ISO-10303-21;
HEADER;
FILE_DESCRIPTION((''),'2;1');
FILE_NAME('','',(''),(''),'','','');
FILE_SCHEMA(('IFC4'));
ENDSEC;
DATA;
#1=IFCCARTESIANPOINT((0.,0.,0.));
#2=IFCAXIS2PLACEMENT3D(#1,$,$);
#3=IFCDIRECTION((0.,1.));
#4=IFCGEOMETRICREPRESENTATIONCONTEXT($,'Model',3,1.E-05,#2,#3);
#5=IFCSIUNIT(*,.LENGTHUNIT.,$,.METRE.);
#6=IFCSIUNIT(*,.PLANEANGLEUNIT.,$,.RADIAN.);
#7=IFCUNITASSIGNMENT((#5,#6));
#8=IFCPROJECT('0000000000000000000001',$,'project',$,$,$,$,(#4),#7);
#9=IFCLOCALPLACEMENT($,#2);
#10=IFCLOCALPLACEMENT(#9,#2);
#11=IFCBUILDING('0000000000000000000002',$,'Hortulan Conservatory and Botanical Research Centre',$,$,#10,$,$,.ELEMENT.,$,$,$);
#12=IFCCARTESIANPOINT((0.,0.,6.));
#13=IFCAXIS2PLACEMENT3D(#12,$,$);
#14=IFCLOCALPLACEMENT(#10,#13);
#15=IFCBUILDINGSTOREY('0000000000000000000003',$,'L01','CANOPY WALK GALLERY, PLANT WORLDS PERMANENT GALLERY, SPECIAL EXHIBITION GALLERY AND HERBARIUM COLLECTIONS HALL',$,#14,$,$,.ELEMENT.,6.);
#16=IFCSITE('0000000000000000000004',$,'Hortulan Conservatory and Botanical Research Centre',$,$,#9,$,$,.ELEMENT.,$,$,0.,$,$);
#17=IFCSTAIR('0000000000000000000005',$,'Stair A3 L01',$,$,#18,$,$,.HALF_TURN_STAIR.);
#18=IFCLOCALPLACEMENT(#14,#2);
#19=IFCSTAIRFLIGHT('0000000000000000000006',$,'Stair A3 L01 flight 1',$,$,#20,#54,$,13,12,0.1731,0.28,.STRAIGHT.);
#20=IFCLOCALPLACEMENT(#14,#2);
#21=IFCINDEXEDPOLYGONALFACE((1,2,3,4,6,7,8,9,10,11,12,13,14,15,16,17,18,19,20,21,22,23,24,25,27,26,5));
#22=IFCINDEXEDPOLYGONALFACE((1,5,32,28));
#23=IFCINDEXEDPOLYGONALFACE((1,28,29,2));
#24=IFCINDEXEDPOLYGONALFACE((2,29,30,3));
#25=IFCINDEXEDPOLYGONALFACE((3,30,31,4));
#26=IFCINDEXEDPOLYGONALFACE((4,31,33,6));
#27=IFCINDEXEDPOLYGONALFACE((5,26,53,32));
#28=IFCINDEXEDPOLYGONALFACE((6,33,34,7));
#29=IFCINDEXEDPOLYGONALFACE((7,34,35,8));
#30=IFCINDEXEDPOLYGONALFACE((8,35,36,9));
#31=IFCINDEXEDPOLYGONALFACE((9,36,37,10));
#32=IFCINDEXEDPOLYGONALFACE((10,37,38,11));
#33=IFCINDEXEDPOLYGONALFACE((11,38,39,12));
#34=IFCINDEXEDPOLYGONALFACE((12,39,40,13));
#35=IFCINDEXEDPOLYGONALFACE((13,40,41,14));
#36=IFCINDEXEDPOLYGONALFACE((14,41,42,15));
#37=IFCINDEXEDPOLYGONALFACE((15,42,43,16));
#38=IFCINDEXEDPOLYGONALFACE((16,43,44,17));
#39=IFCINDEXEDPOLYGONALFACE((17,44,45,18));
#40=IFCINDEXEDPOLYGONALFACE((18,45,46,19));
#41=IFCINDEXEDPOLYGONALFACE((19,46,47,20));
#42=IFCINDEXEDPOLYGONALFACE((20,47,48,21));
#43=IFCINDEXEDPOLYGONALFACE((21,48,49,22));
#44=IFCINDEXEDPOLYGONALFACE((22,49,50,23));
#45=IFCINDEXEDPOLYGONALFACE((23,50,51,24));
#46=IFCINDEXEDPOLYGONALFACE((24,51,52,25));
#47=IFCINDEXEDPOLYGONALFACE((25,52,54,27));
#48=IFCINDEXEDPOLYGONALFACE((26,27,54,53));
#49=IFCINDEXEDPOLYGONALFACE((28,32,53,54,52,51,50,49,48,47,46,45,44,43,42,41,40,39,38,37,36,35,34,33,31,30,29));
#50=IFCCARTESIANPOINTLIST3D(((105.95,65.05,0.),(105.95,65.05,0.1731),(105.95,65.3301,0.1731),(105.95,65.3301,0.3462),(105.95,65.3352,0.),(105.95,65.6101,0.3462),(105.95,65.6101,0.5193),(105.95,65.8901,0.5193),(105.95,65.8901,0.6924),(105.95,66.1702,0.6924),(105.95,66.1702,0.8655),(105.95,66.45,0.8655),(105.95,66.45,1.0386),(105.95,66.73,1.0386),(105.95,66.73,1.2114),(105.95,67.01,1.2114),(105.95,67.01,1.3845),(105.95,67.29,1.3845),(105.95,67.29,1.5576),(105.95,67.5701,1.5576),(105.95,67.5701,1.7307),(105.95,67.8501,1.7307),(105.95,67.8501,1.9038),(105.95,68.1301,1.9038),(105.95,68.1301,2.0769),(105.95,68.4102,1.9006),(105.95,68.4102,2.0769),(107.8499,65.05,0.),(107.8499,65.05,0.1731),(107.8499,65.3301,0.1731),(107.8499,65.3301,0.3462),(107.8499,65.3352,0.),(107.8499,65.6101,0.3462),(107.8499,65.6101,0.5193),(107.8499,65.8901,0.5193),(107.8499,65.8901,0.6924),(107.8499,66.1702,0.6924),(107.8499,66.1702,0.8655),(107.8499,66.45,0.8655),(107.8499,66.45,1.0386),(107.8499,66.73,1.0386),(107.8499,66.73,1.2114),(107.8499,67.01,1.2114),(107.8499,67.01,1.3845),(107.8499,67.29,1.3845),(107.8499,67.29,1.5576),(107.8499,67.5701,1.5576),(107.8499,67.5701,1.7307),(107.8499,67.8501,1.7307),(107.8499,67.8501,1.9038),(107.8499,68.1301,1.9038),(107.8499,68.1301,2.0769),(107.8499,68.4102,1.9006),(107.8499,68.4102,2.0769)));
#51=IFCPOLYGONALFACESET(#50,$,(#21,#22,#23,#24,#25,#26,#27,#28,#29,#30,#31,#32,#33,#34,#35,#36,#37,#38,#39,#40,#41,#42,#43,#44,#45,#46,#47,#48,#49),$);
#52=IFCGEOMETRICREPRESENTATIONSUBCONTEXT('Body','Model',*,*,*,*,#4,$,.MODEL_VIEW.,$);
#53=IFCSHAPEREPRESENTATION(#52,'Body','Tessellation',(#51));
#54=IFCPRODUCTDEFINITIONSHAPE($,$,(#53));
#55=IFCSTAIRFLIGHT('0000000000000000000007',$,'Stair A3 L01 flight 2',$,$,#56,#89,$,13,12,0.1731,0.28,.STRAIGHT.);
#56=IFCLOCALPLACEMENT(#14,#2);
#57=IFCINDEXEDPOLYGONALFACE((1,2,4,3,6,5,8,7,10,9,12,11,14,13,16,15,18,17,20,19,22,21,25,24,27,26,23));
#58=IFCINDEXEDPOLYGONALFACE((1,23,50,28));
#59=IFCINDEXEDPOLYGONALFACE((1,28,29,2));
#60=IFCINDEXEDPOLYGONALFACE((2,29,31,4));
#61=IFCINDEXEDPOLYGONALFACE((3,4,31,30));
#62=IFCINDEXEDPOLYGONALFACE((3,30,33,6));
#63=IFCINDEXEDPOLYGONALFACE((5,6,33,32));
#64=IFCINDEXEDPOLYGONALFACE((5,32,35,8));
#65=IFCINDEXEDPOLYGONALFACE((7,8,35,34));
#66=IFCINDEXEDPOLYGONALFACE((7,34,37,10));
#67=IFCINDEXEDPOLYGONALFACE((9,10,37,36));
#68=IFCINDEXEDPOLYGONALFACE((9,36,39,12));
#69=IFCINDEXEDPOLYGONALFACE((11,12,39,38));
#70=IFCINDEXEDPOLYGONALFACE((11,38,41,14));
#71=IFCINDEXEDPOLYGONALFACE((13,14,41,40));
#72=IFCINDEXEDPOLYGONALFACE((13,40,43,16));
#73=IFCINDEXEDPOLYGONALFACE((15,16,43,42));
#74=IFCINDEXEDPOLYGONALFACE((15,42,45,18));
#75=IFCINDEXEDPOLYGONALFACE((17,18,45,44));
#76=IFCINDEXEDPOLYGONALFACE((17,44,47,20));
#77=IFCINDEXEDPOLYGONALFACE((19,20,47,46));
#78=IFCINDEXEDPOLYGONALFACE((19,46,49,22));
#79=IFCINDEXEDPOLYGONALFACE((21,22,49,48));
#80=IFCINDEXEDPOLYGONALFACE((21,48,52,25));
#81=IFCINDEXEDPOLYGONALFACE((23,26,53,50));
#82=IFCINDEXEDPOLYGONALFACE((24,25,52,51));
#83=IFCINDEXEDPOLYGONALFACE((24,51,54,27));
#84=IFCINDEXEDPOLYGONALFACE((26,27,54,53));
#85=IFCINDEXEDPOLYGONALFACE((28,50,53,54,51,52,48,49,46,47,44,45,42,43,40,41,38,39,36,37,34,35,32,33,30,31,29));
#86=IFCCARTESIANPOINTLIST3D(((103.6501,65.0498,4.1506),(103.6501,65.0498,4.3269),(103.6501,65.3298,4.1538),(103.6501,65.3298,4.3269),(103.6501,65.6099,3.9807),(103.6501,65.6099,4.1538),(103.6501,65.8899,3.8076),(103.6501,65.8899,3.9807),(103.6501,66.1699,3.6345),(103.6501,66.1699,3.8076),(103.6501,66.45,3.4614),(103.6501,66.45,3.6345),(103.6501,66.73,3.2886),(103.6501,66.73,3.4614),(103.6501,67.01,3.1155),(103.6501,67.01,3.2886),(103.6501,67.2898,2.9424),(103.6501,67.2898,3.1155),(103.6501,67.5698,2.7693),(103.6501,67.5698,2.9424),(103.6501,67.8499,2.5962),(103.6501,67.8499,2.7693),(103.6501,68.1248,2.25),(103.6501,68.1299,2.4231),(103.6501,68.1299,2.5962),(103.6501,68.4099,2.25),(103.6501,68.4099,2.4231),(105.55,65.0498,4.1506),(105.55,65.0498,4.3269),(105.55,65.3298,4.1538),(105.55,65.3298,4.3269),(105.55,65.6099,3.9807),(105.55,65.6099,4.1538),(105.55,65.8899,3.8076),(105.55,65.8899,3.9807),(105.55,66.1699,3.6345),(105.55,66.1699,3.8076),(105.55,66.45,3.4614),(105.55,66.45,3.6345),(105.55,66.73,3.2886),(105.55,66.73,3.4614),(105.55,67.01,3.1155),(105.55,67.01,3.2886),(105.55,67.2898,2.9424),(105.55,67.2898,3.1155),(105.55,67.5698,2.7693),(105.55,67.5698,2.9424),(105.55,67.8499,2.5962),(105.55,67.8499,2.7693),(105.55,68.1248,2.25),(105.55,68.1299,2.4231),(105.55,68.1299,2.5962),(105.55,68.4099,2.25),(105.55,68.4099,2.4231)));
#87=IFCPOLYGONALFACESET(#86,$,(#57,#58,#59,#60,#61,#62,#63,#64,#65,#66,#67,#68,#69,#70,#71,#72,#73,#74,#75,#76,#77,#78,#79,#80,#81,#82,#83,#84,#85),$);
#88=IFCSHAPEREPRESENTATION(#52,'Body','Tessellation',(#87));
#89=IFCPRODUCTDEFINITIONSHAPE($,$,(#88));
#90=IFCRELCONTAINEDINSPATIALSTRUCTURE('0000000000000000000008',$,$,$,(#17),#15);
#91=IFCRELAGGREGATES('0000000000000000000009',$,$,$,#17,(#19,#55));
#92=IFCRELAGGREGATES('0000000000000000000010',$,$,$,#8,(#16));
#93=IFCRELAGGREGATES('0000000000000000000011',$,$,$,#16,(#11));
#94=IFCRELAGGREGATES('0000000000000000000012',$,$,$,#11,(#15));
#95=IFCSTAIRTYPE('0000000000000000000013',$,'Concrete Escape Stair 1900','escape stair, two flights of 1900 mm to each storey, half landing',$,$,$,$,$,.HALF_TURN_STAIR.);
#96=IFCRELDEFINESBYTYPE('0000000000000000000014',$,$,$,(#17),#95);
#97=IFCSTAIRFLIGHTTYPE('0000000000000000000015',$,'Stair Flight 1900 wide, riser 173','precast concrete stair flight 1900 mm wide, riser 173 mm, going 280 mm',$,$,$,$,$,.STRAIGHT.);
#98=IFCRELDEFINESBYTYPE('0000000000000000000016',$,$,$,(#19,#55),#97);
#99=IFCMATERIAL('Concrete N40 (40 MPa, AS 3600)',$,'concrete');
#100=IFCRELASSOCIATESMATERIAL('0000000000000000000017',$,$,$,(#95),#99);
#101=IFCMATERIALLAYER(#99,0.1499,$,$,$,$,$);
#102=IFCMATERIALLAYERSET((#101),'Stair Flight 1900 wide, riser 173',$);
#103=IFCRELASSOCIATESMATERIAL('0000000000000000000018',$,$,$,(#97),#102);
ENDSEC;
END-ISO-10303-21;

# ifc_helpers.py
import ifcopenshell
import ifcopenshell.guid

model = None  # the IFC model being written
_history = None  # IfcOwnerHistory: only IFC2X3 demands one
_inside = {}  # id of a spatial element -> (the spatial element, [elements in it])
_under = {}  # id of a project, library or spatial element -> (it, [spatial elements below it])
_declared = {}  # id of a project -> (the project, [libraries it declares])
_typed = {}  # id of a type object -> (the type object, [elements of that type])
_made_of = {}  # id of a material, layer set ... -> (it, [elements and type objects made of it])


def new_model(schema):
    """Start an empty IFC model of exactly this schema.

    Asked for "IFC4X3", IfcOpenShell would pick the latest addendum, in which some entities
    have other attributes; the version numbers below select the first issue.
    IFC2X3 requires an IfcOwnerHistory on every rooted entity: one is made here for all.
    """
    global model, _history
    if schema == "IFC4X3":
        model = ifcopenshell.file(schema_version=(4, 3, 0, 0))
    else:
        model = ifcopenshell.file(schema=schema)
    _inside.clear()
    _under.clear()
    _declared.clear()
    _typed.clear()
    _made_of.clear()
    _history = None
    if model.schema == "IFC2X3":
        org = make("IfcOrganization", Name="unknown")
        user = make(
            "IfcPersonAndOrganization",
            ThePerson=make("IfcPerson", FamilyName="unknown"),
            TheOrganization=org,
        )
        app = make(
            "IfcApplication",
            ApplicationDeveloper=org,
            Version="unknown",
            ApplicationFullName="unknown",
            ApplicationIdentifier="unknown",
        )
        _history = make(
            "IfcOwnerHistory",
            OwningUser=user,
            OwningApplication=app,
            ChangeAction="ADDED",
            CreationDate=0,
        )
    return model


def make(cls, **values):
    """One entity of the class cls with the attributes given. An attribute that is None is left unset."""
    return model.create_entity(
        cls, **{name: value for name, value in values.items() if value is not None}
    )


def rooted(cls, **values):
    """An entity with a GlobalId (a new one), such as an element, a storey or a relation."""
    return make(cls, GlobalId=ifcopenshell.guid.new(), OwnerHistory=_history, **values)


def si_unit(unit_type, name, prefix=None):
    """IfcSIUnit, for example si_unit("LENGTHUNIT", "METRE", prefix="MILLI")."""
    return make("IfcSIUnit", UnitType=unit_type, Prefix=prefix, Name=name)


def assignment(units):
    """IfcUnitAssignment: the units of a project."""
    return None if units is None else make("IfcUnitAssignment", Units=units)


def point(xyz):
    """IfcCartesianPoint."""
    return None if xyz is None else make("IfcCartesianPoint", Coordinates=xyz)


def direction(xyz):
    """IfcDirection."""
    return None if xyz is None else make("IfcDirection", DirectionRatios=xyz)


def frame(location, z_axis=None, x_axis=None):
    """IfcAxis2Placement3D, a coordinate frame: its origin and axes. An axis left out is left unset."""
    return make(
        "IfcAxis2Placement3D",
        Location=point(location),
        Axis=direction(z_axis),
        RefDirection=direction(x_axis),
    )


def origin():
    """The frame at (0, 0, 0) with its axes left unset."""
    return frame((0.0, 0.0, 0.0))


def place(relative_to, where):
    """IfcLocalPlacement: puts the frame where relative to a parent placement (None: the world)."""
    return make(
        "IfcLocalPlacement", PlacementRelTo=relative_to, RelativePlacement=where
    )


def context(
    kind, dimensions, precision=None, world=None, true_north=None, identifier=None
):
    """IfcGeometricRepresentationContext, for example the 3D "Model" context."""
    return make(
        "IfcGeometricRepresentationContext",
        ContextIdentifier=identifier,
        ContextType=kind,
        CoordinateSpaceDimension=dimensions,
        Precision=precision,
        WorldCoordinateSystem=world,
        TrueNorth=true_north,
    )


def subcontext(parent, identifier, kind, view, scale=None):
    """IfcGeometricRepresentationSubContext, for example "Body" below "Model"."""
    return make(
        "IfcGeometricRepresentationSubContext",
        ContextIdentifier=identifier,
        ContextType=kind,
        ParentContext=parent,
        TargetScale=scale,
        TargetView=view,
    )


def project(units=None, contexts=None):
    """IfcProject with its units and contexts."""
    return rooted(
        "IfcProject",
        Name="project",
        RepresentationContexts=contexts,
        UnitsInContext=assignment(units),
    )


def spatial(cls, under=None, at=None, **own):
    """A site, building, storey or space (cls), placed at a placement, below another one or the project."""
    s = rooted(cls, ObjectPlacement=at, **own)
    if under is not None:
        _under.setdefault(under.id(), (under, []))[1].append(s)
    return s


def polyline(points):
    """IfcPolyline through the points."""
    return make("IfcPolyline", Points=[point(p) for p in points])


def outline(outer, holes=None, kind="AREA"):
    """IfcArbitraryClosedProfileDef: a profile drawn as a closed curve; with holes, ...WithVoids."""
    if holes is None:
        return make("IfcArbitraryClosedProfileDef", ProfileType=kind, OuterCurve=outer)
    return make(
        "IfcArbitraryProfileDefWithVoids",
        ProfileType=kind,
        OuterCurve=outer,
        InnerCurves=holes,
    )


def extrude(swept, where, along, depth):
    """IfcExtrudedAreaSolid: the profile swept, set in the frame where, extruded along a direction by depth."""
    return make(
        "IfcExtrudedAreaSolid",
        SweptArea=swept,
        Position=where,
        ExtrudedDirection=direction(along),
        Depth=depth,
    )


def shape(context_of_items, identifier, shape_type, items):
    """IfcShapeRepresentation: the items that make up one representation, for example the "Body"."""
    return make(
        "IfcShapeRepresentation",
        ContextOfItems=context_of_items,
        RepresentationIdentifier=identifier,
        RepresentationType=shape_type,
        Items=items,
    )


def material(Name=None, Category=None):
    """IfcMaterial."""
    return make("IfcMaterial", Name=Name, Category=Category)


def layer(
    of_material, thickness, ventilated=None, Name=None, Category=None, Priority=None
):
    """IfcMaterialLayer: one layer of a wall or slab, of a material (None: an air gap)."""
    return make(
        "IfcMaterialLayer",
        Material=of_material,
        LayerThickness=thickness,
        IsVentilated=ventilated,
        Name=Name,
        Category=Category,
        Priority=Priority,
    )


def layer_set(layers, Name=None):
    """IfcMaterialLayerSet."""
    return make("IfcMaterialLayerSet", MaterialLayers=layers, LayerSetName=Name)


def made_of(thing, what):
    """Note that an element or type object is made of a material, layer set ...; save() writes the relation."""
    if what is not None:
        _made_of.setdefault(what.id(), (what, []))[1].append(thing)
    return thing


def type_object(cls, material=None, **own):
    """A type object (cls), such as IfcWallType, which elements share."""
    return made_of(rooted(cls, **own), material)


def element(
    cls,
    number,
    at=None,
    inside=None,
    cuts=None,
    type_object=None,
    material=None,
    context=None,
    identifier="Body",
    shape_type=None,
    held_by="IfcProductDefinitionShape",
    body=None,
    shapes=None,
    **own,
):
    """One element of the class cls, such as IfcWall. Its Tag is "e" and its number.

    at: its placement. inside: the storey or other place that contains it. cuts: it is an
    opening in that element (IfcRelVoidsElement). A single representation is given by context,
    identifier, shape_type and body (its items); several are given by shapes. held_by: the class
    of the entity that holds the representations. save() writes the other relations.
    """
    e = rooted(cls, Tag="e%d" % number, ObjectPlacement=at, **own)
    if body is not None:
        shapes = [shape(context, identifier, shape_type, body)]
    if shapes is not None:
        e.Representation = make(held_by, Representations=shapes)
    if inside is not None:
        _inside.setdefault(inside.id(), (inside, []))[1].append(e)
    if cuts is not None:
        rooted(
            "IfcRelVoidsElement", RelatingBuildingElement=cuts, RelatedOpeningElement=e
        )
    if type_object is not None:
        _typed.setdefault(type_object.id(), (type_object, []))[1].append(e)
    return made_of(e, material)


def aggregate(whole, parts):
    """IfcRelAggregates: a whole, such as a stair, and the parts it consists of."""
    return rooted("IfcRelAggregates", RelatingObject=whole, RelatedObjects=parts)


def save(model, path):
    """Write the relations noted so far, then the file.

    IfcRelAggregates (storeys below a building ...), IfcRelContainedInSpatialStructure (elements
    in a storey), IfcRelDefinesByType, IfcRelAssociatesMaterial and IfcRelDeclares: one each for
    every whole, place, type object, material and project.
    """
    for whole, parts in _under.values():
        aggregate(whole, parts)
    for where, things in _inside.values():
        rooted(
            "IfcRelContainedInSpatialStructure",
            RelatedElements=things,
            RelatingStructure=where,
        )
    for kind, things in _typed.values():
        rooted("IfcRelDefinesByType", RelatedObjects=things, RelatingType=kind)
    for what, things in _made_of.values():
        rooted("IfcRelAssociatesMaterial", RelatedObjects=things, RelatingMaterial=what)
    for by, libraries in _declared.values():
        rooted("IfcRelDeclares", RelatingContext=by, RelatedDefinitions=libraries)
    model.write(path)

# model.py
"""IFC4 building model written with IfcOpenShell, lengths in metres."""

from ifc_helpers import new_model, si_unit, direction, frame, origin, place, context, subcontext, project, spatial, polyline, outline, extrude, material, layer, layer_set, type_object, element, aggregate, save


model = new_model("IFC4")

# Units and contexts
model_context = context("Model", 3, precision=1e-05, world=origin(), true_north=direction((0.0, 1.0)))
body_context = subcontext(model_context, "Body", "Model", "MODEL_VIEW")
ifc_project = project(units=[si_unit("LENGTHUNIT", "METRE"), si_unit("PLANEANGLEUNIT", "RADIAN")], contexts=[model_context])

# Site, building, storey
site_placement = place(None, origin())
site = spatial("IfcSite", under=ifc_project, at=site_placement, Name="Hortulan Conservatory and Botanical Research Centre", CompositionType="ELEMENT", RefElevation=0.0)
building_placement = place(site_placement, origin())
building = spatial("IfcBuilding", under=site, at=building_placement, Name="Hortulan Conservatory and Botanical Research Centre", CompositionType="ELEMENT")
storey_placement = place(building_placement, frame((0.0, 0.0, 6.0)))
storey = spatial("IfcBuildingStorey", under=building, at=storey_placement, Name="L01", Description="CANOPY WALK GALLERY, PLANT WORLDS PERMANENT GALLERY, SPECIAL EXHIBITION GALLERY AND HERBARIUM COLLECTIONS HALL", CompositionType="ELEMENT", Elevation=6.0)

# Shared definitions
ifc_material_1 = material(Name="Concrete N40 (40 MPa, AS 3600)", Category="concrete")

# Stair, stair flights
stair_type = type_object("IfcStairType", Name="Concrete Escape Stair 1900", Description="escape stair, two flights of 1900 mm to each storey, half landing", PredefinedType="HALF_TURN_STAIR", material=ifc_material_1)
stair_placement = place(storey_placement, origin())
stair = element("IfcStair", 1, at=stair_placement, inside=storey, type_object=stair_type, Name="Stair A3 L01", PredefinedType="HALF_TURN_STAIR")
ifc_layer_1 = layer(ifc_material_1, 0.1499)
ifc_layer_set_1 = layer_set([ifc_layer_1], Name="Stair Flight 1900 wide, riser 173")
stair_flight_type = type_object("IfcStairFlightType", Name="Stair Flight 1900 wide, riser 173", Description="precast concrete stair flight 1900 mm wide, riser 173 mm, going 280 mm", PredefinedType="STRAIGHT", material=ifc_layer_set_1)
stair_flight_1_placement = place(storey_placement, frame((106.8999, 65.05, 0.0), z_axis=(0.0, 0.0, 1.0), x_axis=(0.0, 1.0, 0.0)))
stair_flight_1 = element("IfcStairFlight", 2, at=stair_flight_1_placement, type_object=stair_flight_type, Name="Stair A3 L01 flight 1", NumberOfRisers=13, NumberOfTreads=12, PredefinedType="STRAIGHT", RiserHeight=0.1731, TreadLength=0.28, context=body_context, shape_type="SweptSolid", body=[
    extrude(outline(polyline([(0.0, 0.0), (0.0, 0.1731), (0.28, 0.1731), (0.28, 0.3462), (0.5601, 0.3462), (0.5601, 0.5193), (0.8401, 0.5193), (0.8401, 0.6924), (1.1201, 0.6924), (1.1201, 0.8655), (1.3999, 0.8655), (1.3999, 1.0386), (1.6799, 1.0386), (1.6799, 1.2114), (1.96, 1.2114), (1.96, 1.3845), (2.24, 1.3845), (2.24, 1.5576), (2.52, 1.5576), (2.52, 1.7307), (2.8, 1.7307), (2.8, 1.9038), (3.0801, 1.9038), (3.0801, 2.0769), (3.3601, 2.0769), (3.3601, 2.25), (3.3601, 1.9006), (0.2852, 0.0), (0.0, 0.0)])), frame((0.0, 0.95, 0.0), z_axis=(0.0, -1.0, 0.0), x_axis=(1.0, 0.0, 0.0)), (0.0, 0.0, 1.0), 1.8999),
])
stair_flight_2_placement = place(storey_placement, frame((104.6001, 68.4099, 2.25), z_axis=(0.0, 0.0, 1.0), x_axis=(0.0, -1.0, 0.0)))
stair_flight_2 = element("IfcStairFlight", 3, at=stair_flight_2_placement, type_object=stair_flight_type, Name="Stair A3 L01 flight 2", NumberOfRisers=13, NumberOfTreads=12, PredefinedType="STRAIGHT", RiserHeight=0.1731, TreadLength=0.28, context=body_context, shape_type="SweptSolid", body=[
    extrude(outline(polyline([(0.0, 0.0), (0.0, 0.1731), (0.28, 0.1731), (0.28, 0.3462), (0.5601, 0.3462), (0.5601, 0.5193), (0.8401, 0.5193), (0.8401, 0.6924), (1.1201, 0.6924), (1.1201, 0.8655), (1.3999, 0.8655), (1.3999, 1.0386), (1.6799, 1.0386), (1.6799, 1.2114), (1.96, 1.2114), (1.96, 1.3845), (2.24, 1.3845), (2.24, 1.5576), (2.52, 1.5576), (2.52, 1.7307), (2.8, 1.7307), (2.8, 1.9038), (3.0801, 1.9038), (3.0801, 2.0769), (3.3601, 2.0769), (3.3601, 2.25), (3.3601, 1.9006), (0.2852, 0.0), (0.0, 0.0)])), frame((0.0, 0.95, 0.0), z_axis=(0.0, -1.0, 0.0), x_axis=(1.0, 0.0, 0.0)), (0.0, 0.0, 1.0), 1.8999),
])
aggregate(stair, [stair_flight_1, stair_flight_2])

save(model, "model.ifc")
